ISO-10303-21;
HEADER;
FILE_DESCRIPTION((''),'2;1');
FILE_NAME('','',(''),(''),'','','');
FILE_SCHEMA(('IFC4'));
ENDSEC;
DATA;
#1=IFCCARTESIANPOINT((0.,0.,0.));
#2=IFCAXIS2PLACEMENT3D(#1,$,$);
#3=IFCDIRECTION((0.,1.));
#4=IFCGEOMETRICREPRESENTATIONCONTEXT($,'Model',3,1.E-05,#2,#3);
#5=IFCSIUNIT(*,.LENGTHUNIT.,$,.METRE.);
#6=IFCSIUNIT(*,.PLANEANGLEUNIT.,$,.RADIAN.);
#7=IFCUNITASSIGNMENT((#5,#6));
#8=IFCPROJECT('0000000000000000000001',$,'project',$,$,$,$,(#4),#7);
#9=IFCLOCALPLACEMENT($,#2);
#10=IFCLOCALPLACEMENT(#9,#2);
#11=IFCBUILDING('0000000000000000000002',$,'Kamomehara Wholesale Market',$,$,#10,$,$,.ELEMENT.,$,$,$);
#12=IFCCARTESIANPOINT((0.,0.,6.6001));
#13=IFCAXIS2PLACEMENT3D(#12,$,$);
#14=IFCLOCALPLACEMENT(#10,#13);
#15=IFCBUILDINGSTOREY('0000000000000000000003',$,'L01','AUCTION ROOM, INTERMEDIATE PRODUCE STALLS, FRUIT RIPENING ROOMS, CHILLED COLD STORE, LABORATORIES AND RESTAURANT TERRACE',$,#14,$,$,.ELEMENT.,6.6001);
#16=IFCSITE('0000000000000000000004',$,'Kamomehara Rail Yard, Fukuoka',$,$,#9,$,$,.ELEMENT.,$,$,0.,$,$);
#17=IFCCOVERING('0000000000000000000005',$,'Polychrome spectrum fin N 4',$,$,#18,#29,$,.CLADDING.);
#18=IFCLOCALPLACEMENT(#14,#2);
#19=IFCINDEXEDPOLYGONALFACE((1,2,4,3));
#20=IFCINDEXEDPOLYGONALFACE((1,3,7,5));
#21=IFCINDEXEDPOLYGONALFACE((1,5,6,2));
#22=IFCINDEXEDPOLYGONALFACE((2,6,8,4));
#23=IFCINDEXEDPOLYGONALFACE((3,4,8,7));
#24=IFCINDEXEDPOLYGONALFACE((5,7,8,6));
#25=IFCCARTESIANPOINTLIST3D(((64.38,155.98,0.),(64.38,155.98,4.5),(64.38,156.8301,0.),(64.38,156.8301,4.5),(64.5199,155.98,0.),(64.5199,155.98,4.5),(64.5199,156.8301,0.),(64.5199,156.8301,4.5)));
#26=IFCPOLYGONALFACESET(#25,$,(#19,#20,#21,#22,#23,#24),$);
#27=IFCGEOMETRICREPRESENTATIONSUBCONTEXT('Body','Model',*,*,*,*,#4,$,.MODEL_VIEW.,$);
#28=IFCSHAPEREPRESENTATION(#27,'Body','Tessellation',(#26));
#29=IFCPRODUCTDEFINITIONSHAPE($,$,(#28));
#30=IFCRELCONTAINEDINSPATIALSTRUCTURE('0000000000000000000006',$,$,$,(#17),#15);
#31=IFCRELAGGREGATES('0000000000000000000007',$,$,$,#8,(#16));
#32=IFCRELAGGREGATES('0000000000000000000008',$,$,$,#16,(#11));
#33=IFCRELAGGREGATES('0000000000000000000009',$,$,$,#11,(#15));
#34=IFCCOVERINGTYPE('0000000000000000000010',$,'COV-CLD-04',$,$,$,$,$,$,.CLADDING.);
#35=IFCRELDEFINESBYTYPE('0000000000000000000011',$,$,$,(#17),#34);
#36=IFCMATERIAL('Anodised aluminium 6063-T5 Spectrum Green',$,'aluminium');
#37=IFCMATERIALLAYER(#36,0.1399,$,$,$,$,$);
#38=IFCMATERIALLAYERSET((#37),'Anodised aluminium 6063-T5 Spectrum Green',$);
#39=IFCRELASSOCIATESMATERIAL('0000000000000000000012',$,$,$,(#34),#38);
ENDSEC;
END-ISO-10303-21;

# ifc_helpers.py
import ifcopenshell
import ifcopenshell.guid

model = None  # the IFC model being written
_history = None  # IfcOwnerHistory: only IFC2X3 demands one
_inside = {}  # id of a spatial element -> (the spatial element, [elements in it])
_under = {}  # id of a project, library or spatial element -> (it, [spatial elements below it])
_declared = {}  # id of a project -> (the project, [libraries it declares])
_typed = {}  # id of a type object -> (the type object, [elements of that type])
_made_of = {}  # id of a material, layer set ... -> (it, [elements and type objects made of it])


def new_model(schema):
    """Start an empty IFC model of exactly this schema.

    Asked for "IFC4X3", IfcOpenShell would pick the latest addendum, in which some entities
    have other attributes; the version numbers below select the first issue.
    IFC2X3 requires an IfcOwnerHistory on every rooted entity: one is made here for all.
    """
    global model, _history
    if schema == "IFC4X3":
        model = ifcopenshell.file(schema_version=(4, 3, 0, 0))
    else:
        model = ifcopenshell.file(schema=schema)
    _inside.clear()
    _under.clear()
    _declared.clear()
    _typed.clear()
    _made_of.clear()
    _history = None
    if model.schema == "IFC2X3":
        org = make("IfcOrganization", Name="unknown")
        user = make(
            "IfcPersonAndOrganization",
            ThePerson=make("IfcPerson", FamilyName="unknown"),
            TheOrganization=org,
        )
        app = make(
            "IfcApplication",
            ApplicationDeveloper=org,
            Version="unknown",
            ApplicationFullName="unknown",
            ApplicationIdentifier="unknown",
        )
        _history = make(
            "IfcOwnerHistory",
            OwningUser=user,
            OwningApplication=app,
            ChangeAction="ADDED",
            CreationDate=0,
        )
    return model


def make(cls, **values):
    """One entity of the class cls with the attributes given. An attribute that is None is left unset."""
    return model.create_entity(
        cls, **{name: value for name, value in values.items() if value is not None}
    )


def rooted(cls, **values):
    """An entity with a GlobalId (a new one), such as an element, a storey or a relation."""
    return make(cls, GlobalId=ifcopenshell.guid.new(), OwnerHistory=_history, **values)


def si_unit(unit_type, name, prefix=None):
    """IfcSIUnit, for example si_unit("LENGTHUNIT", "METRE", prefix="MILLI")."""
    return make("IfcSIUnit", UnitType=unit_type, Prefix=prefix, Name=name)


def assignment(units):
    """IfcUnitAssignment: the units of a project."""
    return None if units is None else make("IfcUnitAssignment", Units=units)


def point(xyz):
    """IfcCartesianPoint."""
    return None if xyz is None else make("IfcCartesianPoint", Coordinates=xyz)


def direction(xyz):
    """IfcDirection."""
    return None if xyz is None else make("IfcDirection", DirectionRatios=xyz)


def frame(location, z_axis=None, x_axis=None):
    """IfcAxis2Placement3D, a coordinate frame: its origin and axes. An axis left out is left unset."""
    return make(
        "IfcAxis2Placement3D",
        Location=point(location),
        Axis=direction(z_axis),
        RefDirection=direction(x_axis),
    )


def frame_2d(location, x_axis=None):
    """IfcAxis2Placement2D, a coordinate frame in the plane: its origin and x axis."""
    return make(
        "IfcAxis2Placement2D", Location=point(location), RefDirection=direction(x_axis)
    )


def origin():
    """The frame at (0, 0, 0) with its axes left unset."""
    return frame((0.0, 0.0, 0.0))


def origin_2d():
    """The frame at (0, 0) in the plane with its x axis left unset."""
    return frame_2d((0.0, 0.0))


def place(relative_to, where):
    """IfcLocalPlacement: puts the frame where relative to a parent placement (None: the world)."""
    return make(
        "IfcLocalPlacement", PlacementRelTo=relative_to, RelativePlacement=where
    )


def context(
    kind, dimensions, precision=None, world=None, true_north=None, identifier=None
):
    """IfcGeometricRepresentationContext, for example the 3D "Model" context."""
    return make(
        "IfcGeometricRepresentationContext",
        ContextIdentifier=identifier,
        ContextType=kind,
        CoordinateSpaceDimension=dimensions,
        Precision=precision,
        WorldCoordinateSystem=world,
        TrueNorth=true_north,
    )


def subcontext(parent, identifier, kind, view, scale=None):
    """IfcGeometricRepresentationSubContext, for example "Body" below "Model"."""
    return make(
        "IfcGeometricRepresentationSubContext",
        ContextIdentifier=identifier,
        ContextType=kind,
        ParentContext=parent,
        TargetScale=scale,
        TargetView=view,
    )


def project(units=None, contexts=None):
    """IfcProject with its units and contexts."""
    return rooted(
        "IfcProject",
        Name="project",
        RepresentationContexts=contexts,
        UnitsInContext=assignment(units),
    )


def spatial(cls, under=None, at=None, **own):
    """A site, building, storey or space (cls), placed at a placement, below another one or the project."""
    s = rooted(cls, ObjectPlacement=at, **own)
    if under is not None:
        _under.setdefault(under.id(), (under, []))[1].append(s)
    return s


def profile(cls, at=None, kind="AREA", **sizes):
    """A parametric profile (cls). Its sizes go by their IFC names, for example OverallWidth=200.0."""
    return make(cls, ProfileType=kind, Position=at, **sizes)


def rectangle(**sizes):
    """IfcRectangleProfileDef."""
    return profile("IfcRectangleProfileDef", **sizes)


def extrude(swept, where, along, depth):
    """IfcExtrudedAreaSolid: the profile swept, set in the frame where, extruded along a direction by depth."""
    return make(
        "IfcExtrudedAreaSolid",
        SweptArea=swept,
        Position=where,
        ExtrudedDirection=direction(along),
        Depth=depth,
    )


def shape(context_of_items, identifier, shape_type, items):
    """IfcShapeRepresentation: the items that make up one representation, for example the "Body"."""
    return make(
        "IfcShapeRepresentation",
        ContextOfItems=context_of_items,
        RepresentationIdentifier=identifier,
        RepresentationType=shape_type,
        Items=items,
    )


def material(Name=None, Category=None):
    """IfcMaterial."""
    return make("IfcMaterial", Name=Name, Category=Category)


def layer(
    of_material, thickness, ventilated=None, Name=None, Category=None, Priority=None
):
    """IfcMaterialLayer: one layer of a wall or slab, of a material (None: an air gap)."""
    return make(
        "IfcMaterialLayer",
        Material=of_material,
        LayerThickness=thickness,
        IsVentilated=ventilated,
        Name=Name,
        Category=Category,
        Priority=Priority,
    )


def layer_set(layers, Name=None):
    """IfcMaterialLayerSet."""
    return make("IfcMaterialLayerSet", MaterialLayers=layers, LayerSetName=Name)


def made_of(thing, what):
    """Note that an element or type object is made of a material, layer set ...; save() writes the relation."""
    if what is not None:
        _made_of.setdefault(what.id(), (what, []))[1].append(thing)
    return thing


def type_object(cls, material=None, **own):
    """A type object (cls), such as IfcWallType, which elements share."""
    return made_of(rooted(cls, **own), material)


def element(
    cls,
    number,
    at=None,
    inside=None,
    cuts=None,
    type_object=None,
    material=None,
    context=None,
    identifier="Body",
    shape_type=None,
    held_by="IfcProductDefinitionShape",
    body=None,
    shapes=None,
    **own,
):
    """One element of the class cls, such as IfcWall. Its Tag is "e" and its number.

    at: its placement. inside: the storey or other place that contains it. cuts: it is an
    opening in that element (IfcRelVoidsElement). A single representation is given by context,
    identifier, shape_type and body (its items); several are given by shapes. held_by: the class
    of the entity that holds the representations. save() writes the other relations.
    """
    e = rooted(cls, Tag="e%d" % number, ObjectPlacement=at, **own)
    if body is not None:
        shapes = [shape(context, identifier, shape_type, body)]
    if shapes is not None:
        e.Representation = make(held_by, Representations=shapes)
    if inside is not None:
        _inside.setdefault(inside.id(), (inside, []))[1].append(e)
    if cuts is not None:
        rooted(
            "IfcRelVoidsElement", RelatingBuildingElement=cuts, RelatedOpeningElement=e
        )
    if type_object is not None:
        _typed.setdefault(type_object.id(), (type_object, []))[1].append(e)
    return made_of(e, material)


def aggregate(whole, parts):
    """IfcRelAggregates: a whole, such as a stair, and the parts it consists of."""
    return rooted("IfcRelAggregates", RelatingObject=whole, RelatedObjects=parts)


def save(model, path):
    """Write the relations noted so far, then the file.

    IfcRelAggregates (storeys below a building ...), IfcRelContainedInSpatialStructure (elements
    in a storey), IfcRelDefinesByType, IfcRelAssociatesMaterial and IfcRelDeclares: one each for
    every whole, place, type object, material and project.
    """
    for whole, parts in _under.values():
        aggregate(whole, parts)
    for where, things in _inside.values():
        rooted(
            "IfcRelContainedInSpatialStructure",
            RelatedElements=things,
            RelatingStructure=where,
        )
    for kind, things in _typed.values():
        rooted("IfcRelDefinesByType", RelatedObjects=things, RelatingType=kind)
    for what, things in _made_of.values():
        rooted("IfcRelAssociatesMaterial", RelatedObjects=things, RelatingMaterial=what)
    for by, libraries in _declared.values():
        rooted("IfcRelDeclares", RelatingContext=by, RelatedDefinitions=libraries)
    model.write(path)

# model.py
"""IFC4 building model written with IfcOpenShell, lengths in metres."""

from ifc_helpers import new_model, si_unit, direction, frame, origin, origin_2d, place, context, subcontext, project, spatial, rectangle, extrude, material, layer, layer_set, type_object, element, save


model = new_model("IFC4")

# Units and contexts
model_context = context("Model", 3, precision=1e-05, world=origin(), true_north=direction((0.0, 1.0)))
body_context = subcontext(model_context, "Body", "Model", "MODEL_VIEW")
ifc_project = project(units=[si_unit("LENGTHUNIT", "METRE"), si_unit("PLANEANGLEUNIT", "RADIAN")], contexts=[model_context])

# Site, building, storey
site_placement = place(None, origin())
site = spatial("IfcSite", under=ifc_project, at=site_placement, Name="Kamomehara Rail Yard, Fukuoka", CompositionType="ELEMENT", RefElevation=0.0)
building_placement = place(site_placement, origin())
building = spatial("IfcBuilding", under=site, at=building_placement, Name="Kamomehara Wholesale Market", CompositionType="ELEMENT")
storey_placement = place(building_placement, frame((0.0, 0.0, 6.6001)))
storey = spatial("IfcBuildingStorey", under=building, at=storey_placement, Name="L01", Description="AUCTION ROOM, INTERMEDIATE PRODUCE STALLS, FRUIT RIPENING ROOMS, CHILLED COLD STORE, LABORATORIES AND RESTAURANT TERRACE", CompositionType="ELEMENT", Elevation=6.6001)

# Covering
ifc_material_1 = material(Name="Anodised aluminium 6063-T5 Spectrum Green", Category="aluminium")
ifc_layer_1 = layer(ifc_material_1, 0.1399)
ifc_layer_set_1 = layer_set([ifc_layer_1], Name="Anodised aluminium 6063-T5 Spectrum Green")
covering_type_1 = type_object("IfcCoveringType", Name="COV-CLD-04", PredefinedType="CLADDING", material=ifc_layer_set_1)
covering_1_placement = place(storey_placement, frame((64.45, 156.405, 0.0), z_axis=(0.0, 0.0, 1.0), x_axis=(1.0, 0.0, 0.0)))
element("IfcCovering", 1, at=covering_1_placement, inside=storey, type_object=covering_type_1, Name="Polychrome spectrum fin N 4", PredefinedType="CLADDING", context=body_context, shape_type="SweptSolid", body=[
    extrude(rectangle(XDim=0.1399, YDim=0.8501, at=origin_2d()), origin(), (0.0, 0.0, 1.0), 4.5),
])

save(model, "model.ifc")
